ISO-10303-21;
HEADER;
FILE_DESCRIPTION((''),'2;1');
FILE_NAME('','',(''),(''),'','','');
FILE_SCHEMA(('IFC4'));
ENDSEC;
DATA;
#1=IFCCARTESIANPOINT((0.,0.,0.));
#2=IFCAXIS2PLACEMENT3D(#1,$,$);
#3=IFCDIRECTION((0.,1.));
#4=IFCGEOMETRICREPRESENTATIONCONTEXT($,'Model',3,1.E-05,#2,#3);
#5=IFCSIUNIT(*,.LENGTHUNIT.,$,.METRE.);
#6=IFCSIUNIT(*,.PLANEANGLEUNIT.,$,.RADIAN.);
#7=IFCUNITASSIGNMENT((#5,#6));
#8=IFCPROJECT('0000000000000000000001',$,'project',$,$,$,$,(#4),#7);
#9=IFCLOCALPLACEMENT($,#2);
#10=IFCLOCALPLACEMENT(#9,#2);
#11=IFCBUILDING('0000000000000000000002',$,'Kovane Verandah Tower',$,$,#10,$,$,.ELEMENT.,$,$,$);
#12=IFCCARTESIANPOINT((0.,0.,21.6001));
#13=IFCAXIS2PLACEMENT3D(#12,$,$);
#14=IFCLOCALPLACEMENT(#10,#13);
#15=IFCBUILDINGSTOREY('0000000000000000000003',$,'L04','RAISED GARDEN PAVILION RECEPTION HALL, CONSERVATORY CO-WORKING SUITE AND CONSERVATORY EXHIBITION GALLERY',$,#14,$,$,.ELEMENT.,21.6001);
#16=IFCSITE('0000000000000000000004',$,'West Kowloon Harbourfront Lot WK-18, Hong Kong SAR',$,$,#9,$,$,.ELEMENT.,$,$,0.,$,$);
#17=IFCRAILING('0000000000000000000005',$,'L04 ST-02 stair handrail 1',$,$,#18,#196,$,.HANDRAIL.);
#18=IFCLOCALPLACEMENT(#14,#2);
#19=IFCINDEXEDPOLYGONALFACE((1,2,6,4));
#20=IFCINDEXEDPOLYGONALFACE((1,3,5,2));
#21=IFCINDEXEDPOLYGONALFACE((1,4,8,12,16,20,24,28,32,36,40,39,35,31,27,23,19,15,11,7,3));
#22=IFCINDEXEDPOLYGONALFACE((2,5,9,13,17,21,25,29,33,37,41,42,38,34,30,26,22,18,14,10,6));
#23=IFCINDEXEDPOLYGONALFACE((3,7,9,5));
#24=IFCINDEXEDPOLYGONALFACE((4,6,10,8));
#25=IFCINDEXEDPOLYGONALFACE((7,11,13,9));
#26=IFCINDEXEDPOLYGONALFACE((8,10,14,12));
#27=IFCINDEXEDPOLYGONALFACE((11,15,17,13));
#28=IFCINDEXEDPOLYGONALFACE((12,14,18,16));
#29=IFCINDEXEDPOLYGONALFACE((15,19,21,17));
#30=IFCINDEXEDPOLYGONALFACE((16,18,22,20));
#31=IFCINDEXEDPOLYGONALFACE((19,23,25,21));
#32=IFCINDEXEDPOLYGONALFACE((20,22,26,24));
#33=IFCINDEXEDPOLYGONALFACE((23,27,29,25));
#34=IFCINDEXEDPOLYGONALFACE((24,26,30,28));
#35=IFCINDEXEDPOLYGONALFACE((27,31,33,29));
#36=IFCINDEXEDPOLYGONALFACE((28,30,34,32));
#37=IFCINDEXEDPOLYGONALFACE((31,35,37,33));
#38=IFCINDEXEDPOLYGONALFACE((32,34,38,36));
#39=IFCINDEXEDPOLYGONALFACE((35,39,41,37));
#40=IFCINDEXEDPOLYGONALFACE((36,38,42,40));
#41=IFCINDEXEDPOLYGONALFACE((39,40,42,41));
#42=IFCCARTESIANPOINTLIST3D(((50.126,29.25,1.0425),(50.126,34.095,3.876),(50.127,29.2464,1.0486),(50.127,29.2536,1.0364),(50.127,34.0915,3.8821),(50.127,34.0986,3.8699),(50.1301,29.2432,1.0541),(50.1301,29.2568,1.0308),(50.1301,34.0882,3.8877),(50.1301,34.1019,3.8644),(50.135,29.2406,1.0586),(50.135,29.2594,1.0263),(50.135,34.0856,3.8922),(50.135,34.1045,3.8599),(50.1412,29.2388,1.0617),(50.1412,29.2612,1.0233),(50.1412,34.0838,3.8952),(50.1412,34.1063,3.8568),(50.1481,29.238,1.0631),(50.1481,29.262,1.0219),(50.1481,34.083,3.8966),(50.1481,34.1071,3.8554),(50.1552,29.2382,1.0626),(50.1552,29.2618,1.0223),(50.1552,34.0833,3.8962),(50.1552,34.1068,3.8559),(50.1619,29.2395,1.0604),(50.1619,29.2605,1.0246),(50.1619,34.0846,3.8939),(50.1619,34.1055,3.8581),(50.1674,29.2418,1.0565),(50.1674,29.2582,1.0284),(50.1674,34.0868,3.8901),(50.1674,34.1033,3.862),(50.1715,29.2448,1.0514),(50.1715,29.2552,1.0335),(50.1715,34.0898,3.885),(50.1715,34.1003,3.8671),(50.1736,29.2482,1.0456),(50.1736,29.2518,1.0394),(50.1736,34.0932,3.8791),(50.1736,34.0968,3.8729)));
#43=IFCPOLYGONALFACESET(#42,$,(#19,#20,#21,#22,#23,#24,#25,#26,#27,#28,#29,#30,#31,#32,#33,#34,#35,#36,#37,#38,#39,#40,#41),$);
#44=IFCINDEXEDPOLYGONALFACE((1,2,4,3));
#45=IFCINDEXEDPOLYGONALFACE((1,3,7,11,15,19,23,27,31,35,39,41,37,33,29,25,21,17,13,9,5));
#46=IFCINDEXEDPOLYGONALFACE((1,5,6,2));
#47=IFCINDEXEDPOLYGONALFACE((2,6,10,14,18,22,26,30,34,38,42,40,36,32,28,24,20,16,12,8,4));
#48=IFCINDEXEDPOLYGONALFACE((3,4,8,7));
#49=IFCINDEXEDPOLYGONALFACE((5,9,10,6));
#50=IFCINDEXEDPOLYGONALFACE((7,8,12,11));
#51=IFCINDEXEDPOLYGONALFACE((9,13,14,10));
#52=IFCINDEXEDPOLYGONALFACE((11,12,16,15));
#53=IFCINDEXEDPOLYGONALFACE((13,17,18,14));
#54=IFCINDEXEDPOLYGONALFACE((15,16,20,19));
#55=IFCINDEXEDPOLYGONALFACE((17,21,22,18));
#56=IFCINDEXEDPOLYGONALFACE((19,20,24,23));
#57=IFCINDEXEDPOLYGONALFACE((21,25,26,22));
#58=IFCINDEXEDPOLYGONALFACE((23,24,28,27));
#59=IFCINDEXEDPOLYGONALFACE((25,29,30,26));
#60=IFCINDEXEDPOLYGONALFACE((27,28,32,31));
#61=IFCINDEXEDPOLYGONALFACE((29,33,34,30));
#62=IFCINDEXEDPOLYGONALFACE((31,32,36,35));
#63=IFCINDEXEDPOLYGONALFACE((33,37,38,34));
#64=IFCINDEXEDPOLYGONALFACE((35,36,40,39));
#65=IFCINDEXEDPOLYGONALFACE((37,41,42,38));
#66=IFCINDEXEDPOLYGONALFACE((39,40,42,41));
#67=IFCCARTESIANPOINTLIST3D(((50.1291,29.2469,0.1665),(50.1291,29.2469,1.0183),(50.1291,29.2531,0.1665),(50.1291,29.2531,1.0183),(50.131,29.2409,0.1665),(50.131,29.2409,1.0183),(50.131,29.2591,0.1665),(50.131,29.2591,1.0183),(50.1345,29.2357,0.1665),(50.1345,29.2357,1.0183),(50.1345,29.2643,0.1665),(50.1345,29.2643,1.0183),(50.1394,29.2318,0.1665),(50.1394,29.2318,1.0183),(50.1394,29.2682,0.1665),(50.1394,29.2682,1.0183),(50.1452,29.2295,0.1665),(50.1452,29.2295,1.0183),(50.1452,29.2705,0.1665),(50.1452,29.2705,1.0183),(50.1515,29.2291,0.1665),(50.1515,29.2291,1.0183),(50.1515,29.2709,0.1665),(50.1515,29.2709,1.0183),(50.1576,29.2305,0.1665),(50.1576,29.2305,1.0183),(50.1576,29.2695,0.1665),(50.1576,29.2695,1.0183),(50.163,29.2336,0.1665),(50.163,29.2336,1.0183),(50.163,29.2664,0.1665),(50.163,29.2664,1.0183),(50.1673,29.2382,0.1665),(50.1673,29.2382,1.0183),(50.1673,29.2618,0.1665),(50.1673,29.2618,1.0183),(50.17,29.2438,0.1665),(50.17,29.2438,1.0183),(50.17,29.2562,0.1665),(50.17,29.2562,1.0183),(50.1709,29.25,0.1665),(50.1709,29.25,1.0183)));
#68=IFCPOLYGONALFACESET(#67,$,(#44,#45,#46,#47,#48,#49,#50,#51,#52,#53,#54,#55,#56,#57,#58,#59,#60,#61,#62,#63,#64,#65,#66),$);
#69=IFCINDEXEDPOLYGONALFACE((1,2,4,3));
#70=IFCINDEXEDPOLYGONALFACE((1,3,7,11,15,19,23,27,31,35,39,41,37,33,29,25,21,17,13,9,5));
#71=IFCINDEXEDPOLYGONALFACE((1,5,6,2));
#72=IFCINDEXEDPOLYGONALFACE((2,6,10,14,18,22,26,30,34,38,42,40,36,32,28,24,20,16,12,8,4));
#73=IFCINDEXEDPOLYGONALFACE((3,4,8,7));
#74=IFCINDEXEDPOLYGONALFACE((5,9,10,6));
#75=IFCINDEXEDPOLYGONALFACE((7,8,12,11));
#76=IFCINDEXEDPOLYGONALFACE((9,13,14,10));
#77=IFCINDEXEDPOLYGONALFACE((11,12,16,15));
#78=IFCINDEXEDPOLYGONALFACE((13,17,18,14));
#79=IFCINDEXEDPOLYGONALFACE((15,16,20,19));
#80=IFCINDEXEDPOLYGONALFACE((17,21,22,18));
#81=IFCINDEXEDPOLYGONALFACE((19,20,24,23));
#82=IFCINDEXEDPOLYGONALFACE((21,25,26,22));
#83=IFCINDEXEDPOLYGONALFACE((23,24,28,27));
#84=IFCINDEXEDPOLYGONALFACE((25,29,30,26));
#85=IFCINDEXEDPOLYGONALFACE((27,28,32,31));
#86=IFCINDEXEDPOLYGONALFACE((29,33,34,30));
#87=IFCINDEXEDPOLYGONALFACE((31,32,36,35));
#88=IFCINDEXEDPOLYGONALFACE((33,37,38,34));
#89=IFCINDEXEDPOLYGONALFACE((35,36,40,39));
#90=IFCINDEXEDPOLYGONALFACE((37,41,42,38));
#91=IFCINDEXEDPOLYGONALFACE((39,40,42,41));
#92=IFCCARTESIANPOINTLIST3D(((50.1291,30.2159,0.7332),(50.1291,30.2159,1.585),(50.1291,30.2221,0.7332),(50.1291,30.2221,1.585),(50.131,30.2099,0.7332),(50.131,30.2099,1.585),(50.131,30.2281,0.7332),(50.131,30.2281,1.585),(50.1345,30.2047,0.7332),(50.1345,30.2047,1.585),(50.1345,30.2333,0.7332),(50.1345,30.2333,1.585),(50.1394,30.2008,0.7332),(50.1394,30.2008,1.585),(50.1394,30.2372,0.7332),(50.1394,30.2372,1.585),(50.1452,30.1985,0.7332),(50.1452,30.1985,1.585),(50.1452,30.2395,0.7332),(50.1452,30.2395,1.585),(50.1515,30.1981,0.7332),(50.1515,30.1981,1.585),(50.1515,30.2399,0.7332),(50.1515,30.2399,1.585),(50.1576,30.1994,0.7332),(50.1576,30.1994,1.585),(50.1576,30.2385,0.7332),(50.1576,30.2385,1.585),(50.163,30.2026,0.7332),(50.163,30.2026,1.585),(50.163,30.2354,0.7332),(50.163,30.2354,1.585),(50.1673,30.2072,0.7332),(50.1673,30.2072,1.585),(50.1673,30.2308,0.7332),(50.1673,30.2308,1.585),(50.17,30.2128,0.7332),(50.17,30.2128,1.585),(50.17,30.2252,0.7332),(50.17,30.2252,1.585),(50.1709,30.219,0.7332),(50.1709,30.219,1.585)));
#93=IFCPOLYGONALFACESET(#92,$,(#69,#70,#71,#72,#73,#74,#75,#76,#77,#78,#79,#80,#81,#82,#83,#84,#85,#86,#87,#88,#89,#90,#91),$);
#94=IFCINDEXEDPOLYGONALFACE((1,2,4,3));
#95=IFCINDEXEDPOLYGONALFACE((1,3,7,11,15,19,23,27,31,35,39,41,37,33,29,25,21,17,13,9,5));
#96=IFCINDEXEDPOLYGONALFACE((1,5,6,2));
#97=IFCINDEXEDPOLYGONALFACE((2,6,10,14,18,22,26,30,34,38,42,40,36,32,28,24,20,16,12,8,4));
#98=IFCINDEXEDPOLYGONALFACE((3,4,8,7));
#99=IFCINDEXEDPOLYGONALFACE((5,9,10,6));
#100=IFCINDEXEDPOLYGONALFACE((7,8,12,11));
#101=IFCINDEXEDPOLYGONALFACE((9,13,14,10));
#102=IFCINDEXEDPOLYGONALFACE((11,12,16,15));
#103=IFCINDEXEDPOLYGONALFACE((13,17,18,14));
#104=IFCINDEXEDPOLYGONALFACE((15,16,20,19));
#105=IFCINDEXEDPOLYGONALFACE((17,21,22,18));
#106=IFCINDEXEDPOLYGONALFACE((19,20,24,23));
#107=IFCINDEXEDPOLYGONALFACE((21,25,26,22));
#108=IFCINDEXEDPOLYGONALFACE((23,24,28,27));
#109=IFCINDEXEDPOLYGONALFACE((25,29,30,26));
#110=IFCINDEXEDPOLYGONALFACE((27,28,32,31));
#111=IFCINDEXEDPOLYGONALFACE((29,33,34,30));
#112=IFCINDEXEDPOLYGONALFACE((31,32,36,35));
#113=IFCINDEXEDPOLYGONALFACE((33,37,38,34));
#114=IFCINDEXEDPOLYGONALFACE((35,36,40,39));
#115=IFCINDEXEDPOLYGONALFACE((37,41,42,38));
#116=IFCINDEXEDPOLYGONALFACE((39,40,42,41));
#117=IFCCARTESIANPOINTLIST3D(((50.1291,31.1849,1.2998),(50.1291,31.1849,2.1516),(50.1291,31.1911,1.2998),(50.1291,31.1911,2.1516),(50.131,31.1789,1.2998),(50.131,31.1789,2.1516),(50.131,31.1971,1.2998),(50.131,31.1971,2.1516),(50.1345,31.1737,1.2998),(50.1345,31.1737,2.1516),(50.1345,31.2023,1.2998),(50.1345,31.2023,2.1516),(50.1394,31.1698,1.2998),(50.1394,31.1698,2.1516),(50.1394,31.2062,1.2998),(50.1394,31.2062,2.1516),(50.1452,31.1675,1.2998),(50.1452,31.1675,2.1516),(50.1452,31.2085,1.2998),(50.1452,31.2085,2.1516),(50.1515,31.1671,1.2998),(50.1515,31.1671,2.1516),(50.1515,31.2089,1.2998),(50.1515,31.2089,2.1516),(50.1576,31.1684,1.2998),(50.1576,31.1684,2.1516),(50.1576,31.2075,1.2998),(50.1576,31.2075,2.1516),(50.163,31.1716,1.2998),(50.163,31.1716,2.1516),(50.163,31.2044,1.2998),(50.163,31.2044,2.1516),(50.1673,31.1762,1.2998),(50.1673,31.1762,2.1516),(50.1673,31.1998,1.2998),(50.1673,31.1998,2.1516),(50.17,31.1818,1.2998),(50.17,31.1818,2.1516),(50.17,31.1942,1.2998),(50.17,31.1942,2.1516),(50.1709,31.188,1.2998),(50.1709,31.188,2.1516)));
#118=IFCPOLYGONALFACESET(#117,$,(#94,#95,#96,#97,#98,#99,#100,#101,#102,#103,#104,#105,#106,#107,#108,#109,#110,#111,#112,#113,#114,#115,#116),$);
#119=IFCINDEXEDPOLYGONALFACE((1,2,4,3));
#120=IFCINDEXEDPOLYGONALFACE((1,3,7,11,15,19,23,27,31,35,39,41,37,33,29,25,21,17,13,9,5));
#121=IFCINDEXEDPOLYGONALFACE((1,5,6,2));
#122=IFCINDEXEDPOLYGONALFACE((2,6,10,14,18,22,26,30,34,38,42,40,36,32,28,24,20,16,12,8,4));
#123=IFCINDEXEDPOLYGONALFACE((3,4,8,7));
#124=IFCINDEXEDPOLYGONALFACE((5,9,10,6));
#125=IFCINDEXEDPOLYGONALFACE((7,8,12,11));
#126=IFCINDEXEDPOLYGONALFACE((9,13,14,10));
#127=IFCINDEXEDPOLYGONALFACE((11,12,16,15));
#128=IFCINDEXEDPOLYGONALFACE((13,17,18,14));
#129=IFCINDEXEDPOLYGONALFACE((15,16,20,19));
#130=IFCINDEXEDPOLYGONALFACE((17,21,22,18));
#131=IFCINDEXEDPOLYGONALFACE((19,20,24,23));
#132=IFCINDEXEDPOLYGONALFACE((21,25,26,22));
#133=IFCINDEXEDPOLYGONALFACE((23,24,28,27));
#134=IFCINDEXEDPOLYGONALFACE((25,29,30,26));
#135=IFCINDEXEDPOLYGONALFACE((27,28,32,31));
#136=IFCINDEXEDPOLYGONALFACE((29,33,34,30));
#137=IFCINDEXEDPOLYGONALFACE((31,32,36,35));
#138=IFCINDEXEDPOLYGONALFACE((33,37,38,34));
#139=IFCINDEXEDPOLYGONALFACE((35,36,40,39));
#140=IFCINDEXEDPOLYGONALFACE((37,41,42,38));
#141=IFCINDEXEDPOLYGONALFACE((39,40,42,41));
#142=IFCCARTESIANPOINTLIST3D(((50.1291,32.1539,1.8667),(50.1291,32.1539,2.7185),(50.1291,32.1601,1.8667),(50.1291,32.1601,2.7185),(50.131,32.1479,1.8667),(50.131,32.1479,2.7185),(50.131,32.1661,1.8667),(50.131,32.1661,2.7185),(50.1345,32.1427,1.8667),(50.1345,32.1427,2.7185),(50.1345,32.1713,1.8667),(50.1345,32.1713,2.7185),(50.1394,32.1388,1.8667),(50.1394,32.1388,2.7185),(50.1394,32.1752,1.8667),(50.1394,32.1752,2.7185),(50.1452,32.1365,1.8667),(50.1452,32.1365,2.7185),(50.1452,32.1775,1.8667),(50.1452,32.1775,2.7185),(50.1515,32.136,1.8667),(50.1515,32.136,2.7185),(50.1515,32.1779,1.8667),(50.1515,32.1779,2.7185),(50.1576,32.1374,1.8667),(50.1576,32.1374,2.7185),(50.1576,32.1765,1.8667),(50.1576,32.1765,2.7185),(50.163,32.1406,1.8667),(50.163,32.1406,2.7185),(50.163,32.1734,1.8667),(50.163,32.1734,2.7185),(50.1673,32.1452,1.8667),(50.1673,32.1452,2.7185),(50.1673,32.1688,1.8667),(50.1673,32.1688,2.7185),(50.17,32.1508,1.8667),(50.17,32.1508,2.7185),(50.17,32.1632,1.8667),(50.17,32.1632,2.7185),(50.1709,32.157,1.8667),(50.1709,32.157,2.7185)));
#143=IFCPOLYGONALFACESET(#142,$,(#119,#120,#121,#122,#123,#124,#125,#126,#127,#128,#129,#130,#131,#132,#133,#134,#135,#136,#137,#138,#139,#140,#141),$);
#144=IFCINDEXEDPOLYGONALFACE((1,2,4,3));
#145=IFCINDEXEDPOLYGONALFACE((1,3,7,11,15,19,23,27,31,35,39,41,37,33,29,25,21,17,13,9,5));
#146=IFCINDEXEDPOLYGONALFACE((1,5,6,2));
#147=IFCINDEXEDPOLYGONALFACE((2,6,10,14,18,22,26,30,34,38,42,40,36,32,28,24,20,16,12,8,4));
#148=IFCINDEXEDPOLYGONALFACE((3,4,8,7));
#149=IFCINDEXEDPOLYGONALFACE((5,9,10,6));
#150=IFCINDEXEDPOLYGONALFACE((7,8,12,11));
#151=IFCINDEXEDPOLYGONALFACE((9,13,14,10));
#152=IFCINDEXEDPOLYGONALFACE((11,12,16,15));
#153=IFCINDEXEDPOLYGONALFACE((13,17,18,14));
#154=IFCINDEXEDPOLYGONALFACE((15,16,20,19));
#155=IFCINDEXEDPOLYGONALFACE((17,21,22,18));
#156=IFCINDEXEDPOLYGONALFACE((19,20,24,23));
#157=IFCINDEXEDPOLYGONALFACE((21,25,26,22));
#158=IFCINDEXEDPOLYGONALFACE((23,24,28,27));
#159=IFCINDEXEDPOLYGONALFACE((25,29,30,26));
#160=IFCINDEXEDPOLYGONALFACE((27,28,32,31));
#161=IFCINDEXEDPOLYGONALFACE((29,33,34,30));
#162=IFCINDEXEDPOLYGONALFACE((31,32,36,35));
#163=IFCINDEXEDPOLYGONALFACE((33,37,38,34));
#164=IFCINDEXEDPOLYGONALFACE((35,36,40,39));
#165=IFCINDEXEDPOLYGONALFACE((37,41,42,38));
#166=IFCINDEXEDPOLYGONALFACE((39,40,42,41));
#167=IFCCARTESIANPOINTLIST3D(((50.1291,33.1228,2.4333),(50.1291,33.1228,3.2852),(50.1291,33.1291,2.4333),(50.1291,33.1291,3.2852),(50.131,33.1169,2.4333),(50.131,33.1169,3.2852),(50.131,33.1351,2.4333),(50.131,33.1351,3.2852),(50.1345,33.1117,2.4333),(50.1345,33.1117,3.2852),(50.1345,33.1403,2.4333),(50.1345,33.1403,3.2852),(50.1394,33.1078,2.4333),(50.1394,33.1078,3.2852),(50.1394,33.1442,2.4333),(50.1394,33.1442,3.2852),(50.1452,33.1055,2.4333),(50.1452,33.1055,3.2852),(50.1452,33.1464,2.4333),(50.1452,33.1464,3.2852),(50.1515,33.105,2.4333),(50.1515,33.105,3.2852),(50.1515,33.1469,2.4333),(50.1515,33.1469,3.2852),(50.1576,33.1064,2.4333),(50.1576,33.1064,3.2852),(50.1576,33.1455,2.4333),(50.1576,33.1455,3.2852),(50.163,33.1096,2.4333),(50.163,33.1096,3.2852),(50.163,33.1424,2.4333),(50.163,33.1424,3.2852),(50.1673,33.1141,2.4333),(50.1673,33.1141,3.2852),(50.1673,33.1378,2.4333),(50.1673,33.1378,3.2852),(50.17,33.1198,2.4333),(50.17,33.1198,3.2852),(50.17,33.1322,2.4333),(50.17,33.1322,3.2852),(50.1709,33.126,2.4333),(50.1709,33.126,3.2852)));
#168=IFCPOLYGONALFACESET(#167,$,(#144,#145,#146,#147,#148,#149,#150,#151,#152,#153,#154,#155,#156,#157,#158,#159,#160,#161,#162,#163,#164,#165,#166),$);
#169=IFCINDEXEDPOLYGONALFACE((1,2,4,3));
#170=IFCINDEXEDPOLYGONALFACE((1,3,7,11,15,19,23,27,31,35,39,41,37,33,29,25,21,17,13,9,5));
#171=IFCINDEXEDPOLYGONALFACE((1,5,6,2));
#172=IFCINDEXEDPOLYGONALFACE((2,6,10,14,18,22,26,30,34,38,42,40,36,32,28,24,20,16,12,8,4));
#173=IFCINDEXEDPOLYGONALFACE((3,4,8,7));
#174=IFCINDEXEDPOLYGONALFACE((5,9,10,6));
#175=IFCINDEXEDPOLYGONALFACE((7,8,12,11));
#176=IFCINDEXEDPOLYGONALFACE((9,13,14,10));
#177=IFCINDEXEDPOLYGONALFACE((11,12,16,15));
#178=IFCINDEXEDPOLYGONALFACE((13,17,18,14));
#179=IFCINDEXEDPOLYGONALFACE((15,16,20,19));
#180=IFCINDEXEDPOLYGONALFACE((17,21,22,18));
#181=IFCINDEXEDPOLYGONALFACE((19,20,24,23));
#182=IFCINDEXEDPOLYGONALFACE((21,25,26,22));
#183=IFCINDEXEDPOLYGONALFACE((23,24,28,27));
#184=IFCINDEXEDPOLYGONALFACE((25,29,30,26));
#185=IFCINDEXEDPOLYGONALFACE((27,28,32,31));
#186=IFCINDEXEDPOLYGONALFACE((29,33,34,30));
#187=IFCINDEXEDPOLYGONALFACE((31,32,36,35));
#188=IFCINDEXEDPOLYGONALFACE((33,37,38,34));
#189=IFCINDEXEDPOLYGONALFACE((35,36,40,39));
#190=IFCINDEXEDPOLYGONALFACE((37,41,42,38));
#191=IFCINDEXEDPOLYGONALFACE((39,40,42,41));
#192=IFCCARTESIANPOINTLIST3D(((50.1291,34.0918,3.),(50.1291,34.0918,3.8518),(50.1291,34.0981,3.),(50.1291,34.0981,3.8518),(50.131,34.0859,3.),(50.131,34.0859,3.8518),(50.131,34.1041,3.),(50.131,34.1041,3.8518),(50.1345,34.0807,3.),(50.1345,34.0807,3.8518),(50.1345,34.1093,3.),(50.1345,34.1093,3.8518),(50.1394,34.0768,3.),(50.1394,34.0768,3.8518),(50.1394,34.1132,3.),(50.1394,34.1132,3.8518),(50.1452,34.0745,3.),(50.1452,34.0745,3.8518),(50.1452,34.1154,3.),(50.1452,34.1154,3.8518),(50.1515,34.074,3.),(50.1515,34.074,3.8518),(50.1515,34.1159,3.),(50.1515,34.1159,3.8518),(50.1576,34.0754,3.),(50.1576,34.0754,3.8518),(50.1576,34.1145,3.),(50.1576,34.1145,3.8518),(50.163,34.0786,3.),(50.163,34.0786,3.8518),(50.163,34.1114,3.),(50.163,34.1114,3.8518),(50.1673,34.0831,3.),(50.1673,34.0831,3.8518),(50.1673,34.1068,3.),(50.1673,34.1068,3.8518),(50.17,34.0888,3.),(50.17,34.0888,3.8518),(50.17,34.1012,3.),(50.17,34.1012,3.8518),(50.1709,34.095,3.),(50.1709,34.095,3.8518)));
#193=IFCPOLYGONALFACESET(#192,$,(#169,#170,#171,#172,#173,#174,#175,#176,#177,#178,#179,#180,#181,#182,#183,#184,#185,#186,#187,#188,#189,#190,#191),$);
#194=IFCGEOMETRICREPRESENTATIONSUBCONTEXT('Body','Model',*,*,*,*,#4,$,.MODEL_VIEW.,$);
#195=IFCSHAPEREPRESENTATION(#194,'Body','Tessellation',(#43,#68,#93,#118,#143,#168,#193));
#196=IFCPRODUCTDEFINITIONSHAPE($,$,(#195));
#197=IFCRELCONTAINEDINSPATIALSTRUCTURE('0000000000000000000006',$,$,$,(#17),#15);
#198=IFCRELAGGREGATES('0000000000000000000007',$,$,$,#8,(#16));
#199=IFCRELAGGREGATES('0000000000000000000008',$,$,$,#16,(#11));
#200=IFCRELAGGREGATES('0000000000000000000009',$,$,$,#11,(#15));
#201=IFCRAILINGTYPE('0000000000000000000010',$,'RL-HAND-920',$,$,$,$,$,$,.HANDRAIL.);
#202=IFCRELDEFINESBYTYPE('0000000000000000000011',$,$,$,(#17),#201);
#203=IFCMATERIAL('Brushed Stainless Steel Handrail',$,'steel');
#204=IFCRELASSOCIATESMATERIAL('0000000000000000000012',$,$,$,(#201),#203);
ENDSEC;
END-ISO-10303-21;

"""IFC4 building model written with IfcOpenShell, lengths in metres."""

from ifc_helpers import new_model, si_unit, direction, frame, origin, origin_2d, place, context, subcontext, project, spatial, circle, extrude, material, type_object, element, save


model = new_model("IFC4")

# Units and contexts
model_context = context("Model", 3, precision=1e-05, world=origin(), true_north=direction((0.0, 1.0)))
body_context = subcontext(model_context, "Body", "Model", "MODEL_VIEW")
ifc_project = project(units=[si_unit("LENGTHUNIT", "METRE"), si_unit("PLANEANGLEUNIT", "RADIAN")], contexts=[model_context])

# Site, building, storey
site_placement = place(None, origin())
site = spatial("IfcSite", under=ifc_project, at=site_placement, Name="West Kowloon Harbourfront Lot WK-18, Hong Kong SAR", CompositionType="ELEMENT", RefElevation=0.0)
building_placement = place(site_placement, origin())
building = spatial("IfcBuilding", under=site, at=building_placement, Name="Kovane Verandah Tower", CompositionType="ELEMENT")
storey_placement = place(building_placement, frame((0.0, 0.0, 21.6001)))
storey = spatial("IfcBuildingStorey", under=building, at=storey_placement, Name="L04", Description="RAISED GARDEN PAVILION RECEPTION HALL, CONSERVATORY CO-WORKING SUITE AND CONSERVATORY EXHIBITION GALLERY", CompositionType="ELEMENT", Elevation=21.6001)

# Railing
ifc_material_1 = material(Name="Brushed Stainless Steel Handrail", Category="steel")
railing_type_1 = type_object("IfcRailingType", Name="RL-HAND-920", PredefinedType="HANDRAIL", material=ifc_material_1)
railing_1_placement = place(storey_placement, frame((50.1499, 29.25, 0.1665)))
element("IfcRailing", 1, at=railing_1_placement, inside=storey, type_object=railing_type_1, Name="L04 ST-02 stair handrail 1", PredefinedType="HANDRAIL", context=body_context, shape_type="SweptSolid", body=[
    extrude(circle(Radius=0.0239, at=origin_2d()), frame((0.0, 0.0, 0.876), z_axis=(0.0, 0.863215, 0.504836), x_axis=(-1.0, 0.0, 0.0)), (0.0, 0.0, 1.0), 5.6128),
    extrude(circle(Radius=0.021, at=origin_2d()), origin(), (0.0, 0.0, 1.0), 0.8518),
    extrude(circle(Radius=0.021, at=origin_2d()), frame((0.0, 0.969, 0.5667)), (0.0, 0.0, 1.0), 0.8518),
    extrude(circle(Radius=0.021, at=origin_2d()), frame((0.0, 1.938, 1.1333)), (0.0, 0.0, 1.0), 0.8518),
    extrude(circle(Radius=0.021, at=origin_2d()), frame((0.0, 2.907, 1.7002)), (0.0, 0.0, 1.0), 0.8518),
    extrude(circle(Radius=0.021, at=origin_2d()), frame((0.0, 3.876, 2.2668)), (0.0, 0.0, 1.0), 0.8518),
    extrude(circle(Radius=0.021, at=origin_2d()), frame((0.0, 4.845, 2.8335)), (0.0, 0.0, 1.0), 0.8518),
])

save(model, "model.ifc")
